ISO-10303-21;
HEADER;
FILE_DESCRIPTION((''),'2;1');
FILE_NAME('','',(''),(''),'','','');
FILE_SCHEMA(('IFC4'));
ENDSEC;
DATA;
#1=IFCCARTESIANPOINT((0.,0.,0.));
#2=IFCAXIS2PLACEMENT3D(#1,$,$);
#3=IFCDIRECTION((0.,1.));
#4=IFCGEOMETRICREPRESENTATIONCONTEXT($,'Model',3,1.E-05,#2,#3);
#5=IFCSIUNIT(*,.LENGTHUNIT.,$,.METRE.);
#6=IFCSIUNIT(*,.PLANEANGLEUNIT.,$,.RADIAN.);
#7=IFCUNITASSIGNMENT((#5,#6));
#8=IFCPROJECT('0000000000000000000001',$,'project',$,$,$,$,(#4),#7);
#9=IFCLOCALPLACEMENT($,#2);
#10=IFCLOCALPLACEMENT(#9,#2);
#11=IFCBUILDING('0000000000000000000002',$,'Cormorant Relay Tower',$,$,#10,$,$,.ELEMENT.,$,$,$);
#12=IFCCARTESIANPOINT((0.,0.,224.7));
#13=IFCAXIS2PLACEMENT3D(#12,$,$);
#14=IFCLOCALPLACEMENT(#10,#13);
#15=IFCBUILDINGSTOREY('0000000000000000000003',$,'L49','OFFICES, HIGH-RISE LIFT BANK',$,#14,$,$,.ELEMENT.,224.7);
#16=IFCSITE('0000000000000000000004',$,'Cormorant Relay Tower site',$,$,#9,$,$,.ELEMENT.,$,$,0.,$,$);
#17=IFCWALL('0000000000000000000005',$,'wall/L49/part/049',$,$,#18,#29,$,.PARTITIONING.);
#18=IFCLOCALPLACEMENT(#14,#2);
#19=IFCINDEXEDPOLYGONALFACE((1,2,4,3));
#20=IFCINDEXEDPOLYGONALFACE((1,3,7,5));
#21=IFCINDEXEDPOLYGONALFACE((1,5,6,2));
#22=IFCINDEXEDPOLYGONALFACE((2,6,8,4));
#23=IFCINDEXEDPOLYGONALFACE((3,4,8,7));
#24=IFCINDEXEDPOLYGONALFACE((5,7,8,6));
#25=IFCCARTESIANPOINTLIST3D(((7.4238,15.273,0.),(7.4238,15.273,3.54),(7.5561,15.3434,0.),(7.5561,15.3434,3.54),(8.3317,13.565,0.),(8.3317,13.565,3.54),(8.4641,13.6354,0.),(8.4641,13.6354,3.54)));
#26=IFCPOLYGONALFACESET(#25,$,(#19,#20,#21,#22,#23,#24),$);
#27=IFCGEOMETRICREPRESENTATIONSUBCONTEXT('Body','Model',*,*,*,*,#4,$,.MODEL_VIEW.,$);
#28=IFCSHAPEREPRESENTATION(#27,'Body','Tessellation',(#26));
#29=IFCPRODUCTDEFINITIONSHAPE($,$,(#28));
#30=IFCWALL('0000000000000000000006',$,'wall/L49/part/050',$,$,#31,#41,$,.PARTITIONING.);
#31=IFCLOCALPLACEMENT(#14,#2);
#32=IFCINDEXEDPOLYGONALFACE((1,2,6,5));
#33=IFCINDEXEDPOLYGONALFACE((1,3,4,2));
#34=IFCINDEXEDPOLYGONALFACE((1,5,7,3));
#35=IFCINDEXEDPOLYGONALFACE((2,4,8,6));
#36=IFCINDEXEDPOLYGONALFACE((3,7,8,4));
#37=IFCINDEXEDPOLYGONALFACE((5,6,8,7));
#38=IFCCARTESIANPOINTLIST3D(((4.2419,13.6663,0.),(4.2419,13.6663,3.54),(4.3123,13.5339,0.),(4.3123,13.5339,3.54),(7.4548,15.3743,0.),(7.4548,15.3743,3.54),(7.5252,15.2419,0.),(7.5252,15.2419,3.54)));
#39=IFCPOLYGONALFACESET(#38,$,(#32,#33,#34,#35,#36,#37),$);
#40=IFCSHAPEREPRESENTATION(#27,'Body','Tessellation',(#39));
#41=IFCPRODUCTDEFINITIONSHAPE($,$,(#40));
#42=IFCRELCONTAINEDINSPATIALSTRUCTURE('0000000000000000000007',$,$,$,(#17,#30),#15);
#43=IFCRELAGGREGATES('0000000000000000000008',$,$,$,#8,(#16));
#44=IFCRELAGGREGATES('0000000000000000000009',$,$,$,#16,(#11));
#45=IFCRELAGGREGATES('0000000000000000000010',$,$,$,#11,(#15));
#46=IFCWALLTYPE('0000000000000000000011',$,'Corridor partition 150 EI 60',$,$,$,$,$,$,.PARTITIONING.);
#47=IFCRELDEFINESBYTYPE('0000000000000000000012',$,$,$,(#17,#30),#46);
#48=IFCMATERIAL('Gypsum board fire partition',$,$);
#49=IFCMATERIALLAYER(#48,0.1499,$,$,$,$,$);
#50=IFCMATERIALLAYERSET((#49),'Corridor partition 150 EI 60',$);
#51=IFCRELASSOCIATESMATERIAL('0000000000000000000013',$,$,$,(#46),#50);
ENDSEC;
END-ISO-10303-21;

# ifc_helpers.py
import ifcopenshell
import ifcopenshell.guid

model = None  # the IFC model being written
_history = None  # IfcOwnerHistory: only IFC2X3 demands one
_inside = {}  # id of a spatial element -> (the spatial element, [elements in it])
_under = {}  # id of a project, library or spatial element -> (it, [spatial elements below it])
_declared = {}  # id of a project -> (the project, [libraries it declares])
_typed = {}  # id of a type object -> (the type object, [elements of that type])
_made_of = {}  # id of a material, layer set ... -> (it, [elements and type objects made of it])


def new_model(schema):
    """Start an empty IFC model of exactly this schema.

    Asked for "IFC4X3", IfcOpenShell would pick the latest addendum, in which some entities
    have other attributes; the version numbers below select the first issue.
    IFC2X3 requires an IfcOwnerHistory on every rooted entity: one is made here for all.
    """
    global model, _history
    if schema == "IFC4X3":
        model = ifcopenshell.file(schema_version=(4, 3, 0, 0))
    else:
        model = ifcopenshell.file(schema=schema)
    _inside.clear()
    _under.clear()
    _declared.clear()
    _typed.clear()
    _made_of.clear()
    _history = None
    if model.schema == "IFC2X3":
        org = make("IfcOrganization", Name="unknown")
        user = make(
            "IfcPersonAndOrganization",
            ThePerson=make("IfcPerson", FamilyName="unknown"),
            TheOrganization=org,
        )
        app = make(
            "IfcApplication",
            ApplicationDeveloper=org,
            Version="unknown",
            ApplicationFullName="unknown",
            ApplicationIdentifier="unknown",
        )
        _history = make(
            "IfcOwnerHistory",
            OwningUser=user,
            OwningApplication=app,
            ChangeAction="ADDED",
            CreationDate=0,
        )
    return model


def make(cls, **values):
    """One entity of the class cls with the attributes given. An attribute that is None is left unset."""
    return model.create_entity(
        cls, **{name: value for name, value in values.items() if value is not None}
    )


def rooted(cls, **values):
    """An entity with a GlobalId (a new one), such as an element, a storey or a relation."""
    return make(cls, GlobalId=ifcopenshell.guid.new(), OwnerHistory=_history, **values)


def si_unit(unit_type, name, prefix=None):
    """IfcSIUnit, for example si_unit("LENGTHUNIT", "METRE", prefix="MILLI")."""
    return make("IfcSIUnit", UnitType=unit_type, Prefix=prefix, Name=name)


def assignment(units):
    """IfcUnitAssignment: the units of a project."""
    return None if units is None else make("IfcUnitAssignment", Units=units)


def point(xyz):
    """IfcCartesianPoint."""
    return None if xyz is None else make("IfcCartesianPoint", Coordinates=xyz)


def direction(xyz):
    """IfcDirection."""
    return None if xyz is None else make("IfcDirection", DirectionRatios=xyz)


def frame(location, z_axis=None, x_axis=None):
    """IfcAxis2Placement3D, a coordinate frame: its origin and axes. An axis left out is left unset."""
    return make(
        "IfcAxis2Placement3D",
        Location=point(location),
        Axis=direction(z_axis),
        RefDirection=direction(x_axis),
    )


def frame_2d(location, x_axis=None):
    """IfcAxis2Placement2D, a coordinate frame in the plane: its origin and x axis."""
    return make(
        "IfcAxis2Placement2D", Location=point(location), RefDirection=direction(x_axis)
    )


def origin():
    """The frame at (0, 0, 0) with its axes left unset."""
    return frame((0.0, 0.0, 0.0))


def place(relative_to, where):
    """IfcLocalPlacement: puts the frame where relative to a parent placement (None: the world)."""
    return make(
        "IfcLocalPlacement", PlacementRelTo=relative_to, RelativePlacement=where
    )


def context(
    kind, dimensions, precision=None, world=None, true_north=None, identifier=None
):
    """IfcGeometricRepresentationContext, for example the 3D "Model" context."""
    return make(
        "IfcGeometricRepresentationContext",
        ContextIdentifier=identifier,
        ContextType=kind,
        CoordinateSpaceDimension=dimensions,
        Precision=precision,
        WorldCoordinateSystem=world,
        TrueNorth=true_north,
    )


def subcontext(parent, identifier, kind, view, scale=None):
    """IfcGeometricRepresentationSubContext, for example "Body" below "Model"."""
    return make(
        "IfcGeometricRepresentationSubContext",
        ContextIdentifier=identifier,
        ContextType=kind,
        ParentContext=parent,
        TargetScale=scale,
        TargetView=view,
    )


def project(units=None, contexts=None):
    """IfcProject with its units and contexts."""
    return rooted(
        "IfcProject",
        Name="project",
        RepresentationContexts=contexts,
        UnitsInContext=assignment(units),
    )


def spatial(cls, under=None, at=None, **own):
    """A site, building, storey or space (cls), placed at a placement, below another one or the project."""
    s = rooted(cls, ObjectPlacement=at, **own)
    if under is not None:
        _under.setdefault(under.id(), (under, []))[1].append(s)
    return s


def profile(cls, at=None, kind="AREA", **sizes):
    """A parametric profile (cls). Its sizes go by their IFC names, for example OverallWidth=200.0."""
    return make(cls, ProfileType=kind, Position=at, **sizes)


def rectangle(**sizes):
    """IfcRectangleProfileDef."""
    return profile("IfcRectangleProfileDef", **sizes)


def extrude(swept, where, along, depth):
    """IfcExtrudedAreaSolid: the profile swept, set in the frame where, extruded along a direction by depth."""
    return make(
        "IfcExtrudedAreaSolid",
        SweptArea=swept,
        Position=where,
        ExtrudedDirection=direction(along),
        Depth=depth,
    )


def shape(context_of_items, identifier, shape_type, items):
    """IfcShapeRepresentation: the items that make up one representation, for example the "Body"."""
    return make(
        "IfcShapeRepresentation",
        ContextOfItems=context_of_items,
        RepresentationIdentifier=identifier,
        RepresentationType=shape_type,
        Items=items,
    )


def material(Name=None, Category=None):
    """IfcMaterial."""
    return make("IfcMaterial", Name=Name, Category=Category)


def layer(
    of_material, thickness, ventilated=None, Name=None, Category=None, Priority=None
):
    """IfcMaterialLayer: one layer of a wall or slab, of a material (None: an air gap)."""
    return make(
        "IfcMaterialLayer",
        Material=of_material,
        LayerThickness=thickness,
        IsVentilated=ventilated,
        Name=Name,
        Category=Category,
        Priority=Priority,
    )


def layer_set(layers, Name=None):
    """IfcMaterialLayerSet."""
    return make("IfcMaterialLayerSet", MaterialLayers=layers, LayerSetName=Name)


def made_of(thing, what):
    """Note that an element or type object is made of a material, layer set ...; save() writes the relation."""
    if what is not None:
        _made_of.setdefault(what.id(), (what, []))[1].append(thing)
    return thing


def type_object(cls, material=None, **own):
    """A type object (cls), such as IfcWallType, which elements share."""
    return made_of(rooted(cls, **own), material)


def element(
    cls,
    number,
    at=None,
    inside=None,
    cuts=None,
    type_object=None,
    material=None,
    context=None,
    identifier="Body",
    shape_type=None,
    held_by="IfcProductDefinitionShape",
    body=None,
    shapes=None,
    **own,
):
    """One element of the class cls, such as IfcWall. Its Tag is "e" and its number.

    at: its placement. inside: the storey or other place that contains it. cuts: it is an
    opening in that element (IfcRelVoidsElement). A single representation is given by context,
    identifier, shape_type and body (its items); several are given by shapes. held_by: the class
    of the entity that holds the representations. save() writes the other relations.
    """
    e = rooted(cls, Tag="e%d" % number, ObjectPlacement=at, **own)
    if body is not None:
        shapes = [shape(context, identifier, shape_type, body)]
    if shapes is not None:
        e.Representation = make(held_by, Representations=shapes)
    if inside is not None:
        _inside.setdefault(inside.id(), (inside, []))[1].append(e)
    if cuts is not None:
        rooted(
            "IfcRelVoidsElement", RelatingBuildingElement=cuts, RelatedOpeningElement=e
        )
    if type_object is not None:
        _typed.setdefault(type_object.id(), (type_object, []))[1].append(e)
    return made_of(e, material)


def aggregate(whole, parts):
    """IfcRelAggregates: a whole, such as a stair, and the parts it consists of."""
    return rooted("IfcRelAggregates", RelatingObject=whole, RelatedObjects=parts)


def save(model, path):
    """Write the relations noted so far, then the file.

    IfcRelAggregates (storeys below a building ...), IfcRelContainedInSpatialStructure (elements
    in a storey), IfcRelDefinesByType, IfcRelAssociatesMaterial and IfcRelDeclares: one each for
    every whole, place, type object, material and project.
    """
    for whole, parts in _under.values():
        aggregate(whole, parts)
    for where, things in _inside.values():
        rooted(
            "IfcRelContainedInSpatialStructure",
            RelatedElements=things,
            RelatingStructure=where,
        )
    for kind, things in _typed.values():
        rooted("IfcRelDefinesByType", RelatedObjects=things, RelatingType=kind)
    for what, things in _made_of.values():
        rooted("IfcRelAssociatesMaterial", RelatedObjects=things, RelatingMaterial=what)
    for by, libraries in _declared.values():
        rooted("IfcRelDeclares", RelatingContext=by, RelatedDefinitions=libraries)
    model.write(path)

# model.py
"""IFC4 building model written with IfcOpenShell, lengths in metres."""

from ifc_helpers import new_model, si_unit, direction, frame, frame_2d, origin, place, context, subcontext, project, spatial, rectangle, extrude, material, layer, layer_set, type_object, element, save


model = new_model("IFC4")

# Units and contexts
model_context = context("Model", 3, precision=1e-05, world=origin(), true_north=direction((0.0, 1.0)))
body_context = subcontext(model_context, "Body", "Model", "MODEL_VIEW")
ifc_project = project(units=[si_unit("LENGTHUNIT", "METRE"), si_unit("PLANEANGLEUNIT", "RADIAN")], contexts=[model_context])

# Site, building, storey
site_placement = place(None, origin())
site = spatial("IfcSite", under=ifc_project, at=site_placement, Name="Cormorant Relay Tower site", CompositionType="ELEMENT", RefElevation=0.0)
building_placement = place(site_placement, origin())
building = spatial("IfcBuilding", under=site, at=building_placement, Name="Cormorant Relay Tower", CompositionType="ELEMENT")
storey_placement = place(building_placement, frame((0.0, 0.0, 224.7)))
storey = spatial("IfcBuildingStorey", under=building, at=storey_placement, Name="L49", Description="OFFICES, HIGH-RISE LIFT BANK", CompositionType="ELEMENT", Elevation=224.7)

# Shared definitions
ifc_material_1 = material(Name="Gypsum board fire partition")
ifc_layer_1 = layer(ifc_material_1, 0.1499)
ifc_layer_set_1 = layer_set([ifc_layer_1], Name="Corridor partition 150 EI 60")
wall_type_1 = type_object("IfcWallType", Name="Corridor partition 150 EI 60", PredefinedType="PARTITIONING", material=ifc_layer_set_1)

# Walls
wall_1_placement = place(storey_placement, frame((8.3979, 13.6001, 0.0), z_axis=(0.0, 0.0, 1.0), x_axis=(-0.469389, 0.882991, 0.0)))
element("IfcWall", 1, at=wall_1_placement, inside=storey, type_object=wall_type_1, Name="wall/L49/part/049", PredefinedType="PARTITIONING", context=body_context, shape_type="SweptSolid", body=[
    extrude(rectangle(XDim=1.9343, YDim=0.1499, at=frame_2d((0.9673, 0.0))), origin(), (0.0, 0.0, 1.0), 3.54),
])
wall_2_placement = place(storey_placement, frame((7.49, 15.3081, 0.0), z_axis=(0.0, 0.0, 1.0), x_axis=(-0.882984, -0.469404, 0.0)))
element("IfcWall", 2, at=wall_2_placement, inside=storey, type_object=wall_type_1, Name="wall/L49/part/050", PredefinedType="PARTITIONING", context=body_context, shape_type="SweptSolid", body=[
    extrude(rectangle(XDim=3.6387, YDim=0.1499, at=frame_2d((1.8193, 0.0))), origin(), (0.0, 0.0, 1.0), 3.54),
])

save(model, "model.ifc")
